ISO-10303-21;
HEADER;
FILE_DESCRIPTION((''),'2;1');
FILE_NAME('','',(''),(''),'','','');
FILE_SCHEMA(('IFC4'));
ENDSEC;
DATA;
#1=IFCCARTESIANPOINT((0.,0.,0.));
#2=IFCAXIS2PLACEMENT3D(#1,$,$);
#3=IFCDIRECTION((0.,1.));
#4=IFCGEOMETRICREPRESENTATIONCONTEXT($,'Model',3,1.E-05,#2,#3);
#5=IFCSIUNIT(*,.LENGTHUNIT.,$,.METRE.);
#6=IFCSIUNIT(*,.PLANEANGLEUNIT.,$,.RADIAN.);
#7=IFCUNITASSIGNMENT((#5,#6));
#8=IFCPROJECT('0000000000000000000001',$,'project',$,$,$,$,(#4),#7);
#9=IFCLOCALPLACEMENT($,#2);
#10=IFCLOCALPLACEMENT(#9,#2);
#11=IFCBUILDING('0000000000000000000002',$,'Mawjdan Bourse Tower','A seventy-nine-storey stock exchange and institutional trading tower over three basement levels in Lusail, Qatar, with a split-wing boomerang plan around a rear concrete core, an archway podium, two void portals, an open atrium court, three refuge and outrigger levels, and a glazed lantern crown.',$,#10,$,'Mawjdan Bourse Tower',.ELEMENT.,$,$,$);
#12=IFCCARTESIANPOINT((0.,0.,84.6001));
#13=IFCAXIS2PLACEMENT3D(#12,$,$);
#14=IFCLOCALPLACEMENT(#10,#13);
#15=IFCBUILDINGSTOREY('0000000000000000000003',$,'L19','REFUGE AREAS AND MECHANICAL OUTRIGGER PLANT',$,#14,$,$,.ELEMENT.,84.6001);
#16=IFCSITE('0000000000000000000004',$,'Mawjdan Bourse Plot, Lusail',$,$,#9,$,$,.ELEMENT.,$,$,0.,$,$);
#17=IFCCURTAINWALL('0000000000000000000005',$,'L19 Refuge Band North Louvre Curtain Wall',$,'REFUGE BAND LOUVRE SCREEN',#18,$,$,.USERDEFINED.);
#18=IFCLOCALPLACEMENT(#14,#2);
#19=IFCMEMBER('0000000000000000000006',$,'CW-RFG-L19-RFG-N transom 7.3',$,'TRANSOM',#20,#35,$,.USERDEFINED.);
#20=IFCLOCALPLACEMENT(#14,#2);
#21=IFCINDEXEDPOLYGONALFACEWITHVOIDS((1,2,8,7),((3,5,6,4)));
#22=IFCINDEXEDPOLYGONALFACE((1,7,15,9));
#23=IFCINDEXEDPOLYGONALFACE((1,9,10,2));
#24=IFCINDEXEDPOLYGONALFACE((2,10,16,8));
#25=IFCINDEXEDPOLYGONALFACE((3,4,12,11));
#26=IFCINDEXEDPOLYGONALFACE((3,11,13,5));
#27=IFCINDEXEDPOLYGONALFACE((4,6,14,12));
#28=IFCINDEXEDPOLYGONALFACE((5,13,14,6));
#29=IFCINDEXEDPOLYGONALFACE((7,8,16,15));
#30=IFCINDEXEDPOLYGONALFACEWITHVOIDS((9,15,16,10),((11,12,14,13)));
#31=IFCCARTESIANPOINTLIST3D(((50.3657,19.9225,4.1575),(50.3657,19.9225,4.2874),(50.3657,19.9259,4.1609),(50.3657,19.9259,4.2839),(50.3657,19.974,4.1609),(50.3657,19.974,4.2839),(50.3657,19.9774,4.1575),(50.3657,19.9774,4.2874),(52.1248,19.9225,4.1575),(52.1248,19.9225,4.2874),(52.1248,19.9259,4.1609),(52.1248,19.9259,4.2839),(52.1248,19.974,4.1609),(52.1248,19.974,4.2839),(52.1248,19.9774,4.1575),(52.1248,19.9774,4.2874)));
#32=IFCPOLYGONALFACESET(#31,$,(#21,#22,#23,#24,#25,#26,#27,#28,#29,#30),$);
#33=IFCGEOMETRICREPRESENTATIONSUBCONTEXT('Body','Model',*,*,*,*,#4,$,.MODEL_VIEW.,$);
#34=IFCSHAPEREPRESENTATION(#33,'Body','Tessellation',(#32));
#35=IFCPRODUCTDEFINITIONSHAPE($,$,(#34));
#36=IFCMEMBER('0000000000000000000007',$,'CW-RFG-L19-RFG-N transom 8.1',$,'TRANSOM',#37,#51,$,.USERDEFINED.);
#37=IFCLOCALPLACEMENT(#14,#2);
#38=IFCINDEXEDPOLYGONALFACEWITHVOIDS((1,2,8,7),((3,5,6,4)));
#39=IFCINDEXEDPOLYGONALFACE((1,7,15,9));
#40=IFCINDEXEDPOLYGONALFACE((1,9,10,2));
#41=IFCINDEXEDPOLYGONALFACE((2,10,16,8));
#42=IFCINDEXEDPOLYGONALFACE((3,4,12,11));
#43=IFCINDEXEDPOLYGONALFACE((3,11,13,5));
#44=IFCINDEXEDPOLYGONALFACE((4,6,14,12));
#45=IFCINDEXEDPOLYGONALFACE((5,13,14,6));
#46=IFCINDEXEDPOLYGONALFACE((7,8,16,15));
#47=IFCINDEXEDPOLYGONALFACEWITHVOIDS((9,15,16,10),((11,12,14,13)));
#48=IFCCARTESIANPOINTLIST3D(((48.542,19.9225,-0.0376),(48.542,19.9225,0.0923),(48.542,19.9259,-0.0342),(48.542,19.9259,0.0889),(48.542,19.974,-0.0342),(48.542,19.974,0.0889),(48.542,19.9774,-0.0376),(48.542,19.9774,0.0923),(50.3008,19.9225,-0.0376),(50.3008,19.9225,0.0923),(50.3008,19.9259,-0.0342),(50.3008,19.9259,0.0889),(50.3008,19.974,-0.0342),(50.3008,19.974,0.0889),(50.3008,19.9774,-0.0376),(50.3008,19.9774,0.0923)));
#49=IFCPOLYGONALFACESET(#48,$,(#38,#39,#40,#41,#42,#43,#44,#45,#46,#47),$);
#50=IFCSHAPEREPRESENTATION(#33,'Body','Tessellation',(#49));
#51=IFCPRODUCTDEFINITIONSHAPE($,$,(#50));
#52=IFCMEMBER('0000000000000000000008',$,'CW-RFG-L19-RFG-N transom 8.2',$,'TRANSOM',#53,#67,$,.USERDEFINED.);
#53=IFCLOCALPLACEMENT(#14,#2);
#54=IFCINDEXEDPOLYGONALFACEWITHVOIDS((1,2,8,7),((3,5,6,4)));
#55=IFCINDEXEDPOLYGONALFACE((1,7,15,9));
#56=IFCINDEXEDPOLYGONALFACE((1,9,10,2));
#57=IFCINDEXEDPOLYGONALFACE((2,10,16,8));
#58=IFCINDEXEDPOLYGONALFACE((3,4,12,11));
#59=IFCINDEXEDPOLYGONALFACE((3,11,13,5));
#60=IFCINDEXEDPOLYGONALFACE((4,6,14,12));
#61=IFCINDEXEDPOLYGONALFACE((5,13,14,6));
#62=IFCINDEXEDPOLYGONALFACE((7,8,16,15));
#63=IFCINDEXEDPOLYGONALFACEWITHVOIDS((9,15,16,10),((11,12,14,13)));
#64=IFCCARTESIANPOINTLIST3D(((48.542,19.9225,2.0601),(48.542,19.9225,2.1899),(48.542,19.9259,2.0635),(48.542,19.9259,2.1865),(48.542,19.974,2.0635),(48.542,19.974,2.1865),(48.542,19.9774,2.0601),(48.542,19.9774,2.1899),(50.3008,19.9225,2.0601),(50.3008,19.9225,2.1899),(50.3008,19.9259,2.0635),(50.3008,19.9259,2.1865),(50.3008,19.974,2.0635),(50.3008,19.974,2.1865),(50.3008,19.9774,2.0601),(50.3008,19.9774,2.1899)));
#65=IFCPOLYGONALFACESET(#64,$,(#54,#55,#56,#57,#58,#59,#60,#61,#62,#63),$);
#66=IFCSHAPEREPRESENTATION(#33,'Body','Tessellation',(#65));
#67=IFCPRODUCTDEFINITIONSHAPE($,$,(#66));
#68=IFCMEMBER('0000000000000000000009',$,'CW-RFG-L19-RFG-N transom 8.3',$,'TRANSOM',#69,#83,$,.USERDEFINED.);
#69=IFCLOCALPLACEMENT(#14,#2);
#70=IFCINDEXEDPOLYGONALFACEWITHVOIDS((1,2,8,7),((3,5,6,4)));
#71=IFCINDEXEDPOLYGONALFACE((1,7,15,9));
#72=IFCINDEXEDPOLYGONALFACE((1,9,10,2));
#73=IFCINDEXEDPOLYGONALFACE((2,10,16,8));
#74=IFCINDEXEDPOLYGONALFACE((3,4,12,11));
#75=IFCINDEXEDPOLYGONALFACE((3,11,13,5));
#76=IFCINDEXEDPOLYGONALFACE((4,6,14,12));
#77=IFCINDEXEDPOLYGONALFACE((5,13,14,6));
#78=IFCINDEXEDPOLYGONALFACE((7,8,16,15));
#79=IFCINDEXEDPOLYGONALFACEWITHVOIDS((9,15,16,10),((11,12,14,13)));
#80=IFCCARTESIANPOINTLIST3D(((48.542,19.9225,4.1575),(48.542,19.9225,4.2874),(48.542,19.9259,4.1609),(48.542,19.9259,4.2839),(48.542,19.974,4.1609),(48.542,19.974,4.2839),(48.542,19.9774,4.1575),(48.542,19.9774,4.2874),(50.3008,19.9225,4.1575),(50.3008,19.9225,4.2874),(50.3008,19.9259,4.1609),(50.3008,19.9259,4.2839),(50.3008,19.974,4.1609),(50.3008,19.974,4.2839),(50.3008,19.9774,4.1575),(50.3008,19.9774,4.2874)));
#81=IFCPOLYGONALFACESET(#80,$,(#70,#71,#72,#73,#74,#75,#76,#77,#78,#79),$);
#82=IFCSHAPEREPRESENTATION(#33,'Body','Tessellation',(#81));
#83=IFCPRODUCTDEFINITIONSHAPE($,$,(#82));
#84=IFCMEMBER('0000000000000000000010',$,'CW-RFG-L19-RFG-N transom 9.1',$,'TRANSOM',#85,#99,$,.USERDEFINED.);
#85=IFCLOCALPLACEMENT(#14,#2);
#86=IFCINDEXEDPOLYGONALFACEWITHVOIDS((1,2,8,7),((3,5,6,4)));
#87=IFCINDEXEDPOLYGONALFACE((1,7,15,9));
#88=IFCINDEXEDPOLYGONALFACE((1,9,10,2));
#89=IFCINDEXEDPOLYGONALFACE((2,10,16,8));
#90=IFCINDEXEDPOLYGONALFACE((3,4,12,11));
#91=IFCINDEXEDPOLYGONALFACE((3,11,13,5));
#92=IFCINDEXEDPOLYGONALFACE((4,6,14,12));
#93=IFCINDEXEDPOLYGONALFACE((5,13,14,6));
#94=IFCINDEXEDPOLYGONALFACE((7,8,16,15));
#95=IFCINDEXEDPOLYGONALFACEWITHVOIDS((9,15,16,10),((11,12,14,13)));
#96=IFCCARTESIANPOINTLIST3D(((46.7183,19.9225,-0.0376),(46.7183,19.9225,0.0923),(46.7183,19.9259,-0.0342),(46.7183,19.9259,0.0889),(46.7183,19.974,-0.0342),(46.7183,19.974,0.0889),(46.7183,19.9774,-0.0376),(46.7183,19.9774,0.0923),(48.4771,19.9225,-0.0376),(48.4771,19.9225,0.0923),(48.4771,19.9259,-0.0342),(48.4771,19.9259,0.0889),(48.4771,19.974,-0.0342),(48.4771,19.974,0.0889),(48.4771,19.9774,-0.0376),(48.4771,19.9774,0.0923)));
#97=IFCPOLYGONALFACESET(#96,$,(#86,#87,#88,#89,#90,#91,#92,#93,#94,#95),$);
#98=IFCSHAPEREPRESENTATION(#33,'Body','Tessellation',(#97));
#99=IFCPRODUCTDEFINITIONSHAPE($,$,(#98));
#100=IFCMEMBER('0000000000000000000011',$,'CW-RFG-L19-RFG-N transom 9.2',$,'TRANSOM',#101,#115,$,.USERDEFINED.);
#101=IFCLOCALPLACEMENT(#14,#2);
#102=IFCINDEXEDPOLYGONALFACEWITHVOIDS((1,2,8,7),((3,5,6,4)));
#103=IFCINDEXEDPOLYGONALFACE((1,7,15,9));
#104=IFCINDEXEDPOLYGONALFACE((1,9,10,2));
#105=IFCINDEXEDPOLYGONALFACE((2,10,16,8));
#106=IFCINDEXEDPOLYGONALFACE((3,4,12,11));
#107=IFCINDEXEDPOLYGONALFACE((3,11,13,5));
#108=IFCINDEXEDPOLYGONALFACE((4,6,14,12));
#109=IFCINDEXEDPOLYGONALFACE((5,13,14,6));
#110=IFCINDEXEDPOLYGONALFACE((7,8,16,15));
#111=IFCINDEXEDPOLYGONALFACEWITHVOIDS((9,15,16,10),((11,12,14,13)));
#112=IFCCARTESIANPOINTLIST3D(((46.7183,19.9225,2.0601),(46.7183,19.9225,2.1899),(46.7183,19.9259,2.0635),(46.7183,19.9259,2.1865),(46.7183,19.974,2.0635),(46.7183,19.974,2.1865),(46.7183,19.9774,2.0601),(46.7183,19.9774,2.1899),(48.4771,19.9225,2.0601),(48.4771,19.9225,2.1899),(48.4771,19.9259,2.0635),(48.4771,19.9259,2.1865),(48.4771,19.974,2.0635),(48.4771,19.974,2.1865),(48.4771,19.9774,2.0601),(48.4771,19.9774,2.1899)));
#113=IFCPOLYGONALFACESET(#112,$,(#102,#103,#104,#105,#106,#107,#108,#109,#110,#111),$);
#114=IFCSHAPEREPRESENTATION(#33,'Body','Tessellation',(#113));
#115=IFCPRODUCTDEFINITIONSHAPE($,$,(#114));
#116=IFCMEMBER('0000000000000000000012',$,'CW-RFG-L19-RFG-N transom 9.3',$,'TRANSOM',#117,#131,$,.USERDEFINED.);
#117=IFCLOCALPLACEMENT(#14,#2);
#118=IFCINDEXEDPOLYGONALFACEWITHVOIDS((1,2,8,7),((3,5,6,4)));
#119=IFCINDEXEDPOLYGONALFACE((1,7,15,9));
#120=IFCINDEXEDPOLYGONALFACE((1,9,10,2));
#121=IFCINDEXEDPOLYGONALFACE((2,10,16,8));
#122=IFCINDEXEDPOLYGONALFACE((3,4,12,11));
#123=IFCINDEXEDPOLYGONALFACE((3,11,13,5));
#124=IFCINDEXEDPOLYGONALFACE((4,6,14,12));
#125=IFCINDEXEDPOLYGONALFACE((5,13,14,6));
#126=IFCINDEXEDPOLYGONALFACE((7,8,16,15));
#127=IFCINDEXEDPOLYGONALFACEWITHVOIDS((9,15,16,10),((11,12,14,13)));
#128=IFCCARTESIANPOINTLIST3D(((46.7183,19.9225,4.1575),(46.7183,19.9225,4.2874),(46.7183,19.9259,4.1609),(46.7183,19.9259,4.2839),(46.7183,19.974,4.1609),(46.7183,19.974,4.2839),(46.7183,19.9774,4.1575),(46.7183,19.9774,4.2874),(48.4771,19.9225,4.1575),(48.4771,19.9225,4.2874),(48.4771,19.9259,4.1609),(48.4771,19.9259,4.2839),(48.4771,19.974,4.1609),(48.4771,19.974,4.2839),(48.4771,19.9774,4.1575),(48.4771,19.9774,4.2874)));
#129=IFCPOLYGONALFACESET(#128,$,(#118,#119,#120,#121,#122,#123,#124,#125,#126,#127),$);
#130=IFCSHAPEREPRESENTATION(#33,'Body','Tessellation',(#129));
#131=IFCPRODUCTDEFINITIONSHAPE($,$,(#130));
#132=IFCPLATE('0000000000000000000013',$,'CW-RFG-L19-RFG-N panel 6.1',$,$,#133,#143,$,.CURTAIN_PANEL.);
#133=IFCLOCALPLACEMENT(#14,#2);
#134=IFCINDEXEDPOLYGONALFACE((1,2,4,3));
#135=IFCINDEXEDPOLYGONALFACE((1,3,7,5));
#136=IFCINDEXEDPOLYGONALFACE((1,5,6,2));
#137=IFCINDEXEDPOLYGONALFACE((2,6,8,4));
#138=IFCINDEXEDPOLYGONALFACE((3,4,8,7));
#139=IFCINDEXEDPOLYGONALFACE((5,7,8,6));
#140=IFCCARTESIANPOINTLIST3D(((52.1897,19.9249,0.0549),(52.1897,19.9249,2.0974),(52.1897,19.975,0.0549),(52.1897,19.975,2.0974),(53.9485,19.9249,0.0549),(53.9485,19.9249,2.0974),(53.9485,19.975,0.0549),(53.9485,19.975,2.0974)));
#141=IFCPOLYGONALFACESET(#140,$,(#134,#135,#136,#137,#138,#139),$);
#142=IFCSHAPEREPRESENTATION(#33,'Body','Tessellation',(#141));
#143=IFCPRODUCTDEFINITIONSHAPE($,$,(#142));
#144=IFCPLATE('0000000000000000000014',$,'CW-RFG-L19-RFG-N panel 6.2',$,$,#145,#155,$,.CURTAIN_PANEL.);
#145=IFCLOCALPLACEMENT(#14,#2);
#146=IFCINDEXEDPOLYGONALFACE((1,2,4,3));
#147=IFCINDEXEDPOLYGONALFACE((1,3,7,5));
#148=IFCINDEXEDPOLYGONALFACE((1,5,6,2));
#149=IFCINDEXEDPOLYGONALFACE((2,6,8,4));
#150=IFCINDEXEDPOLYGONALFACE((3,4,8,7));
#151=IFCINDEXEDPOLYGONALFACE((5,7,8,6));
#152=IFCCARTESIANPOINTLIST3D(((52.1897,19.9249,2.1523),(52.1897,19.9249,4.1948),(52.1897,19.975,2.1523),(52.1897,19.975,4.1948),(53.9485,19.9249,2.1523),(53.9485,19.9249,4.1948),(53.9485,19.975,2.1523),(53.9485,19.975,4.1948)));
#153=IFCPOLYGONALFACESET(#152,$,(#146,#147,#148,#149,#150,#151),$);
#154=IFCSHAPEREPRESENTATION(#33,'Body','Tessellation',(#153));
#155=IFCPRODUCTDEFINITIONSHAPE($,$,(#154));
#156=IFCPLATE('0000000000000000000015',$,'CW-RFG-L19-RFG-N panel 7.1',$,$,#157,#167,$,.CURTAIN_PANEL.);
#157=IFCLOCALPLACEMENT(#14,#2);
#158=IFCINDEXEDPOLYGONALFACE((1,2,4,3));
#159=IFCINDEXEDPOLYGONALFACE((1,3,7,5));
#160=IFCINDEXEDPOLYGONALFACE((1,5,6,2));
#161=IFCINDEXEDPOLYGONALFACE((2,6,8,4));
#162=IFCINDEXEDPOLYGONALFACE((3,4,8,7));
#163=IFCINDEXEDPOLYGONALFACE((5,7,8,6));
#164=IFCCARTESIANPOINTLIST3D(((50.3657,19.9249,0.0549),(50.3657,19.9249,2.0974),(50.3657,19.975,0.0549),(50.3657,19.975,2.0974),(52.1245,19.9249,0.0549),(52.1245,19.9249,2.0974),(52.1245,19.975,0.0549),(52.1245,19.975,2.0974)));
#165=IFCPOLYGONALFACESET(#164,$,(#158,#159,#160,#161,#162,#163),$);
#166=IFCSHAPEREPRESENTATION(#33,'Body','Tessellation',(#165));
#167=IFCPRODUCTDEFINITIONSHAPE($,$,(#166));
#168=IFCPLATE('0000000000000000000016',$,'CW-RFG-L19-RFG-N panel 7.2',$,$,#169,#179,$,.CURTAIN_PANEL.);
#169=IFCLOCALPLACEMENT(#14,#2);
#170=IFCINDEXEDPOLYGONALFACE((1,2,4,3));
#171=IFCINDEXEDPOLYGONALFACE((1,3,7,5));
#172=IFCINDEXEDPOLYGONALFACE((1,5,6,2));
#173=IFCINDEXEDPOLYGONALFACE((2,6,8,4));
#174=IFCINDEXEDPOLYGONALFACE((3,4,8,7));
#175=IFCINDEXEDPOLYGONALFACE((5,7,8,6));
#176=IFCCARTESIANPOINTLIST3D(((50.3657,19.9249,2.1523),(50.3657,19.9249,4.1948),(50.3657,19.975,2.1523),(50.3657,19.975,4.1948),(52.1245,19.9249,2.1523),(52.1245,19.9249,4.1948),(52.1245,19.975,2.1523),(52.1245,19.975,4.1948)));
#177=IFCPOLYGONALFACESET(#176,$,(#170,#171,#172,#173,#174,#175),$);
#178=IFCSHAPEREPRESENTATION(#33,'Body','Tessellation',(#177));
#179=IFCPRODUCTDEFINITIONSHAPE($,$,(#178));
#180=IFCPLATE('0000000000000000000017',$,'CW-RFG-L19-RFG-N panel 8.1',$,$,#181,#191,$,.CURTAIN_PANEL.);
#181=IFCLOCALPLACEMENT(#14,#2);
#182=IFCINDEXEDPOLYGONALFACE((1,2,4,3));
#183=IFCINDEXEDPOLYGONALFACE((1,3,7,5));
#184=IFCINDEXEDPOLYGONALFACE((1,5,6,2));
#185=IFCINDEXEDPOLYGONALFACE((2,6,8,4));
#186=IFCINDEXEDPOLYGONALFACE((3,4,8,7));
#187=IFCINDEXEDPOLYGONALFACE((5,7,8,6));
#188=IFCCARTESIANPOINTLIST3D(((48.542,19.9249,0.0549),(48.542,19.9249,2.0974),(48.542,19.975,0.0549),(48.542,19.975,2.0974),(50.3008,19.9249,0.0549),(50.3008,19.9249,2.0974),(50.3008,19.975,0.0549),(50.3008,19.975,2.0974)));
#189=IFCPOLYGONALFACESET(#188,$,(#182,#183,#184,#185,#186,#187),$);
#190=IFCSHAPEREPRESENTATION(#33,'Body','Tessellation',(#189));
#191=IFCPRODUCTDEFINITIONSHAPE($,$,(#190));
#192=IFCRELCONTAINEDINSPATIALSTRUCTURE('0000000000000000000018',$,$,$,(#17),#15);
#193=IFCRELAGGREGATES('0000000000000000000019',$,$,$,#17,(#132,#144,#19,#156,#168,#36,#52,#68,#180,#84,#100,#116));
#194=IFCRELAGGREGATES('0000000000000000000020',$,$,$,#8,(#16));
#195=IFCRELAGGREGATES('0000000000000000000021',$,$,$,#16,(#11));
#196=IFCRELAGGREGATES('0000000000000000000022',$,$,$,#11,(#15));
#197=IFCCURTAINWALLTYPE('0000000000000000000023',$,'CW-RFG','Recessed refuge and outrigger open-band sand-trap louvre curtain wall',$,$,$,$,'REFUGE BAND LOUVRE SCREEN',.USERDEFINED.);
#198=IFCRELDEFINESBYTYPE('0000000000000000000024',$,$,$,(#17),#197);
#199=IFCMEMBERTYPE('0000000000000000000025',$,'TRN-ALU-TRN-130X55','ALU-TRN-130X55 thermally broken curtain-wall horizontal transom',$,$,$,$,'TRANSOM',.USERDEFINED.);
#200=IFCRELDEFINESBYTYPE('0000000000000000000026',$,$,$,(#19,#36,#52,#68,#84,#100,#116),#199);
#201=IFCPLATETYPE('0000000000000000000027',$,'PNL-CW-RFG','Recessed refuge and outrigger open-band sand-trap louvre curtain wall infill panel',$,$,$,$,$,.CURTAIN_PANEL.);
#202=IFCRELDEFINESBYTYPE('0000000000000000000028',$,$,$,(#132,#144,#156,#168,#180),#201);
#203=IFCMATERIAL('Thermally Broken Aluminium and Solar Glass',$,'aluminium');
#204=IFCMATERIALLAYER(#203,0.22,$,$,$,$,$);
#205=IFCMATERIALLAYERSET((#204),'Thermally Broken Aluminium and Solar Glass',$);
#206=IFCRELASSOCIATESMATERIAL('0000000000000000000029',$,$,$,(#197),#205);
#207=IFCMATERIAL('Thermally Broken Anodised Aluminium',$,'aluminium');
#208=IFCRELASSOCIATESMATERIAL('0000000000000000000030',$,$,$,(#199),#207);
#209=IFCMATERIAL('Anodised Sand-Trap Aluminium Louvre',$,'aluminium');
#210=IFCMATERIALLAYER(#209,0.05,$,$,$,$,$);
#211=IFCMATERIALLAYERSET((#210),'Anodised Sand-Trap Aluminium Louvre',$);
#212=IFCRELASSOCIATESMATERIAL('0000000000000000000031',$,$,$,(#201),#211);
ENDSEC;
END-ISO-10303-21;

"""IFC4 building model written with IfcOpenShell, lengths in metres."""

from ifc_helpers import new_model, si_unit, direction, frame, origin, origin_2d, place, context, subcontext, project, spatial, rectangle, hollow_rectangle, extrude, material, layer, layer_set, material_profile, profile_set, type_object, element, aggregate, save


model = new_model("IFC4")

# Units and contexts
model_context = context("Model", 3, precision=1e-05, world=origin(), true_north=direction((0.0, 1.0)))
body_context = subcontext(model_context, "Body", "Model", "MODEL_VIEW")
ifc_project = project(units=[si_unit("LENGTHUNIT", "METRE"), si_unit("PLANEANGLEUNIT", "RADIAN")], contexts=[model_context])

# Site, building, storey
site_placement = place(None, origin())
site = spatial("IfcSite", under=ifc_project, at=site_placement, Name="Mawjdan Bourse Plot, Lusail", CompositionType="ELEMENT", RefElevation=0.0)
building_placement = place(site_placement, origin())
building = spatial("IfcBuilding", under=site, at=building_placement, Name="Mawjdan Bourse Tower", Description="A seventy-nine-storey stock exchange and institutional trading tower over three basement levels in Lusail, Qatar, with a split-wing boomerang plan around a rear concrete core, an archway podium, two void portals, an open atrium court, three refuge and outrigger levels, and a glazed lantern crown.", LongName="Mawjdan Bourse Tower", CompositionType="ELEMENT")
storey_placement = place(building_placement, frame((0.0, 0.0, 84.6001)))
storey = spatial("IfcBuildingStorey", under=building, at=storey_placement, Name="L19", Description="REFUGE AREAS AND MECHANICAL OUTRIGGER PLANT", CompositionType="ELEMENT", Elevation=84.6001)

# Curtain wall
ifc_material_1 = material(Name="Thermally Broken Aluminium and Solar Glass", Category="aluminium")
ifc_layer_1 = layer(ifc_material_1, 0.22)
ifc_layer_set_1 = layer_set([ifc_layer_1], Name="Thermally Broken Aluminium and Solar Glass")
curtain_wall_type = type_object("IfcCurtainWallType", Name="CW-RFG", Description="Recessed refuge and outrigger open-band sand-trap louvre curtain wall", ElementType="REFUGE BAND LOUVRE SCREEN", PredefinedType="USERDEFINED", material=ifc_layer_set_1)
curtain_wall_placement = place(storey_placement, origin())
curtain_wall = element("IfcCurtainWall", 1, at=curtain_wall_placement, inside=storey, type_object=curtain_wall_type, Name="L19 Refuge Band North Louvre Curtain Wall", ObjectType="REFUGE BAND LOUVRE SCREEN", PredefinedType="USERDEFINED")
ifc_material_2 = material(Name="Thermally Broken Anodised Aluminium", Category="aluminium")

# Members
ifc_material_profile_1 = material_profile(ifc_material_2, hollow_rectangle(XDim=0.0549, YDim=0.1299, WallThickness=0.0034, at=origin_2d()), Name="ALU-TRN-130X55")
ifc_profile_set_1 = profile_set([ifc_material_profile_1], Name="Thermally Broken Anodised Aluminium")
member_type_1 = type_object("IfcMemberType", Name="TRN-ALU-TRN-130X55", Description="ALU-TRN-130X55 thermally broken curtain-wall horizontal transom", ElementType="TRANSOM", PredefinedType="USERDEFINED", material=ifc_profile_set_1)
member_1_placement = place(storey_placement, frame((52.1248, 19.95, 4.2224), z_axis=(-1.0, 0.0, 0.0), x_axis=(0.0, -1.0, 0.0)))
member_1 = element("IfcMember", 2, at=member_1_placement, type_object=member_type_1, Name="CW-RFG-L19-RFG-N transom 7.3", ObjectType="TRANSOM", PredefinedType="USERDEFINED", context=body_context, shape_type="SweptSolid", body=[
    extrude(hollow_rectangle(XDim=0.0549, YDim=0.1299, WallThickness=0.0034, at=origin_2d()), origin(), (0.0, 0.0, 1.0), 1.759),
])
member_2_placement = place(storey_placement, frame((50.3008, 19.95, 0.0273), z_axis=(-1.0, 0.0, 0.0), x_axis=(0.0, -1.0, 0.0)))
member_2 = element("IfcMember", 3, at=member_2_placement, type_object=member_type_1, Name="CW-RFG-L19-RFG-N transom 8.1", ObjectType="TRANSOM", PredefinedType="USERDEFINED", context=body_context, shape_type="SweptSolid", body=[
    extrude(hollow_rectangle(XDim=0.0549, YDim=0.1299, WallThickness=0.0034, at=origin_2d()), origin(), (0.0, 0.0, 1.0), 1.7588),
])
member_3_placement = place(storey_placement, frame((50.3008, 19.95, 2.125), z_axis=(-1.0, 0.0, 0.0), x_axis=(0.0, -1.0, 0.0)))
member_3 = element("IfcMember", 4, at=member_3_placement, type_object=member_type_1, Name="CW-RFG-L19-RFG-N transom 8.2", ObjectType="TRANSOM", PredefinedType="USERDEFINED", context=body_context, shape_type="SweptSolid", body=[
    extrude(hollow_rectangle(XDim=0.0549, YDim=0.1299, WallThickness=0.0034, at=origin_2d()), origin(), (0.0, 0.0, 1.0), 1.7588),
])
member_4_placement = place(storey_placement, frame((50.3008, 19.95, 4.2224), z_axis=(-1.0, 0.0, 0.0), x_axis=(0.0, -1.0, 0.0)))
member_4 = element("IfcMember", 5, at=member_4_placement, type_object=member_type_1, Name="CW-RFG-L19-RFG-N transom 8.3", ObjectType="TRANSOM", PredefinedType="USERDEFINED", context=body_context, shape_type="SweptSolid", body=[
    extrude(hollow_rectangle(XDim=0.0549, YDim=0.1299, WallThickness=0.0034, at=origin_2d()), origin(), (0.0, 0.0, 1.0), 1.7588),
])
member_5_placement = place(storey_placement, frame((48.4771, 19.95, 0.0273), z_axis=(-1.0, 0.0, 0.0), x_axis=(0.0, -1.0, 0.0)))
member_5 = element("IfcMember", 6, at=member_5_placement, type_object=member_type_1, Name="CW-RFG-L19-RFG-N transom 9.1", ObjectType="TRANSOM", PredefinedType="USERDEFINED", context=body_context, shape_type="SweptSolid", body=[
    extrude(hollow_rectangle(XDim=0.0549, YDim=0.1299, WallThickness=0.0034, at=origin_2d()), origin(), (0.0, 0.0, 1.0), 1.7588),
])
member_6_placement = place(storey_placement, frame((48.4771, 19.95, 2.125), z_axis=(-1.0, 0.0, 0.0), x_axis=(0.0, -1.0, 0.0)))
member_6 = element("IfcMember", 7, at=member_6_placement, type_object=member_type_1, Name="CW-RFG-L19-RFG-N transom 9.2", ObjectType="TRANSOM", PredefinedType="USERDEFINED", context=body_context, shape_type="SweptSolid", body=[
    extrude(hollow_rectangle(XDim=0.0549, YDim=0.1299, WallThickness=0.0034, at=origin_2d()), origin(), (0.0, 0.0, 1.0), 1.7588),
])
member_7_placement = place(storey_placement, frame((48.4771, 19.95, 4.2224), z_axis=(-1.0, 0.0, 0.0), x_axis=(0.0, -1.0, 0.0)))
member_7 = element("IfcMember", 8, at=member_7_placement, type_object=member_type_1, Name="CW-RFG-L19-RFG-N transom 9.3", ObjectType="TRANSOM", PredefinedType="USERDEFINED", context=body_context, shape_type="SweptSolid", body=[
    extrude(hollow_rectangle(XDim=0.0549, YDim=0.1299, WallThickness=0.0034, at=origin_2d()), origin(), (0.0, 0.0, 1.0), 1.7588),
])

# Plates
ifc_material_3 = material(Name="Anodised Sand-Trap Aluminium Louvre", Category="aluminium")
ifc_layer_2 = layer(ifc_material_3, 0.05)
ifc_layer_set_2 = layer_set([ifc_layer_2], Name="Anodised Sand-Trap Aluminium Louvre")
plate_type = type_object("IfcPlateType", Name="PNL-CW-RFG", Description="Recessed refuge and outrigger open-band sand-trap louvre curtain wall infill panel", PredefinedType="CURTAIN_PANEL", material=ifc_layer_set_2)
plate_1_placement = place(storey_placement, frame((53.0691, 19.95, 0.0549), z_axis=(0.0, 0.0, 1.0), x_axis=(-1.0, 0.0, 0.0)))
plate_1 = element("IfcPlate", 9, at=plate_1_placement, type_object=plate_type, Name="CW-RFG-L19-RFG-N panel 6.1", PredefinedType="CURTAIN_PANEL", context=body_context, shape_type="SweptSolid", body=[
    extrude(rectangle(XDim=1.7588, YDim=0.05, at=origin_2d()), origin(), (0.0, 0.0, 1.0), 2.0425),
])
plate_2_placement = place(storey_placement, frame((53.0691, 19.95, 2.1523), z_axis=(0.0, 0.0, 1.0), x_axis=(-1.0, 0.0, 0.0)))
plate_2 = element("IfcPlate", 10, at=plate_2_placement, type_object=plate_type, Name="CW-RFG-L19-RFG-N panel 6.2", PredefinedType="CURTAIN_PANEL", context=body_context, shape_type="SweptSolid", body=[
    extrude(rectangle(XDim=1.7588, YDim=0.05, at=origin_2d()), origin(), (0.0, 0.0, 1.0), 2.0425),
])
plate_3_placement = place(storey_placement, frame((51.2451, 19.95, 0.0549), z_axis=(0.0, 0.0, 1.0), x_axis=(-1.0, 0.0, 0.0)))
plate_3 = element("IfcPlate", 11, at=plate_3_placement, type_object=plate_type, Name="CW-RFG-L19-RFG-N panel 7.1", PredefinedType="CURTAIN_PANEL", context=body_context, shape_type="SweptSolid", body=[
    extrude(rectangle(XDim=1.7588, YDim=0.05, at=origin_2d()), origin(), (0.0, 0.0, 1.0), 2.0425),
])
plate_4_placement = place(storey_placement, frame((51.2451, 19.95, 2.1523), z_axis=(0.0, 0.0, 1.0), x_axis=(-1.0, 0.0, 0.0)))
plate_4 = element("IfcPlate", 12, at=plate_4_placement, type_object=plate_type, Name="CW-RFG-L19-RFG-N panel 7.2", PredefinedType="CURTAIN_PANEL", context=body_context, shape_type="SweptSolid", body=[
    extrude(rectangle(XDim=1.7588, YDim=0.05, at=origin_2d()), origin(), (0.0, 0.0, 1.0), 2.0425),
])
plate_5_placement = place(storey_placement, frame((49.4214, 19.95, 0.0549), z_axis=(0.0, 0.0, 1.0), x_axis=(-1.0, 0.0, 0.0)))
plate_5 = element("IfcPlate", 13, at=plate_5_placement, type_object=plate_type, Name="CW-RFG-L19-RFG-N panel 8.1", PredefinedType="CURTAIN_PANEL", context=body_context, shape_type="SweptSolid", body=[
    extrude(rectangle(XDim=1.7588, YDim=0.05, at=origin_2d()), origin(), (0.0, 0.0, 1.0), 2.0425),
])
aggregate(curtain_wall, [plate_1, plate_2, member_1, plate_3, plate_4, member_2, member_3, member_4, plate_5, member_5, member_6, member_7])

save(model, "model.ifc")
